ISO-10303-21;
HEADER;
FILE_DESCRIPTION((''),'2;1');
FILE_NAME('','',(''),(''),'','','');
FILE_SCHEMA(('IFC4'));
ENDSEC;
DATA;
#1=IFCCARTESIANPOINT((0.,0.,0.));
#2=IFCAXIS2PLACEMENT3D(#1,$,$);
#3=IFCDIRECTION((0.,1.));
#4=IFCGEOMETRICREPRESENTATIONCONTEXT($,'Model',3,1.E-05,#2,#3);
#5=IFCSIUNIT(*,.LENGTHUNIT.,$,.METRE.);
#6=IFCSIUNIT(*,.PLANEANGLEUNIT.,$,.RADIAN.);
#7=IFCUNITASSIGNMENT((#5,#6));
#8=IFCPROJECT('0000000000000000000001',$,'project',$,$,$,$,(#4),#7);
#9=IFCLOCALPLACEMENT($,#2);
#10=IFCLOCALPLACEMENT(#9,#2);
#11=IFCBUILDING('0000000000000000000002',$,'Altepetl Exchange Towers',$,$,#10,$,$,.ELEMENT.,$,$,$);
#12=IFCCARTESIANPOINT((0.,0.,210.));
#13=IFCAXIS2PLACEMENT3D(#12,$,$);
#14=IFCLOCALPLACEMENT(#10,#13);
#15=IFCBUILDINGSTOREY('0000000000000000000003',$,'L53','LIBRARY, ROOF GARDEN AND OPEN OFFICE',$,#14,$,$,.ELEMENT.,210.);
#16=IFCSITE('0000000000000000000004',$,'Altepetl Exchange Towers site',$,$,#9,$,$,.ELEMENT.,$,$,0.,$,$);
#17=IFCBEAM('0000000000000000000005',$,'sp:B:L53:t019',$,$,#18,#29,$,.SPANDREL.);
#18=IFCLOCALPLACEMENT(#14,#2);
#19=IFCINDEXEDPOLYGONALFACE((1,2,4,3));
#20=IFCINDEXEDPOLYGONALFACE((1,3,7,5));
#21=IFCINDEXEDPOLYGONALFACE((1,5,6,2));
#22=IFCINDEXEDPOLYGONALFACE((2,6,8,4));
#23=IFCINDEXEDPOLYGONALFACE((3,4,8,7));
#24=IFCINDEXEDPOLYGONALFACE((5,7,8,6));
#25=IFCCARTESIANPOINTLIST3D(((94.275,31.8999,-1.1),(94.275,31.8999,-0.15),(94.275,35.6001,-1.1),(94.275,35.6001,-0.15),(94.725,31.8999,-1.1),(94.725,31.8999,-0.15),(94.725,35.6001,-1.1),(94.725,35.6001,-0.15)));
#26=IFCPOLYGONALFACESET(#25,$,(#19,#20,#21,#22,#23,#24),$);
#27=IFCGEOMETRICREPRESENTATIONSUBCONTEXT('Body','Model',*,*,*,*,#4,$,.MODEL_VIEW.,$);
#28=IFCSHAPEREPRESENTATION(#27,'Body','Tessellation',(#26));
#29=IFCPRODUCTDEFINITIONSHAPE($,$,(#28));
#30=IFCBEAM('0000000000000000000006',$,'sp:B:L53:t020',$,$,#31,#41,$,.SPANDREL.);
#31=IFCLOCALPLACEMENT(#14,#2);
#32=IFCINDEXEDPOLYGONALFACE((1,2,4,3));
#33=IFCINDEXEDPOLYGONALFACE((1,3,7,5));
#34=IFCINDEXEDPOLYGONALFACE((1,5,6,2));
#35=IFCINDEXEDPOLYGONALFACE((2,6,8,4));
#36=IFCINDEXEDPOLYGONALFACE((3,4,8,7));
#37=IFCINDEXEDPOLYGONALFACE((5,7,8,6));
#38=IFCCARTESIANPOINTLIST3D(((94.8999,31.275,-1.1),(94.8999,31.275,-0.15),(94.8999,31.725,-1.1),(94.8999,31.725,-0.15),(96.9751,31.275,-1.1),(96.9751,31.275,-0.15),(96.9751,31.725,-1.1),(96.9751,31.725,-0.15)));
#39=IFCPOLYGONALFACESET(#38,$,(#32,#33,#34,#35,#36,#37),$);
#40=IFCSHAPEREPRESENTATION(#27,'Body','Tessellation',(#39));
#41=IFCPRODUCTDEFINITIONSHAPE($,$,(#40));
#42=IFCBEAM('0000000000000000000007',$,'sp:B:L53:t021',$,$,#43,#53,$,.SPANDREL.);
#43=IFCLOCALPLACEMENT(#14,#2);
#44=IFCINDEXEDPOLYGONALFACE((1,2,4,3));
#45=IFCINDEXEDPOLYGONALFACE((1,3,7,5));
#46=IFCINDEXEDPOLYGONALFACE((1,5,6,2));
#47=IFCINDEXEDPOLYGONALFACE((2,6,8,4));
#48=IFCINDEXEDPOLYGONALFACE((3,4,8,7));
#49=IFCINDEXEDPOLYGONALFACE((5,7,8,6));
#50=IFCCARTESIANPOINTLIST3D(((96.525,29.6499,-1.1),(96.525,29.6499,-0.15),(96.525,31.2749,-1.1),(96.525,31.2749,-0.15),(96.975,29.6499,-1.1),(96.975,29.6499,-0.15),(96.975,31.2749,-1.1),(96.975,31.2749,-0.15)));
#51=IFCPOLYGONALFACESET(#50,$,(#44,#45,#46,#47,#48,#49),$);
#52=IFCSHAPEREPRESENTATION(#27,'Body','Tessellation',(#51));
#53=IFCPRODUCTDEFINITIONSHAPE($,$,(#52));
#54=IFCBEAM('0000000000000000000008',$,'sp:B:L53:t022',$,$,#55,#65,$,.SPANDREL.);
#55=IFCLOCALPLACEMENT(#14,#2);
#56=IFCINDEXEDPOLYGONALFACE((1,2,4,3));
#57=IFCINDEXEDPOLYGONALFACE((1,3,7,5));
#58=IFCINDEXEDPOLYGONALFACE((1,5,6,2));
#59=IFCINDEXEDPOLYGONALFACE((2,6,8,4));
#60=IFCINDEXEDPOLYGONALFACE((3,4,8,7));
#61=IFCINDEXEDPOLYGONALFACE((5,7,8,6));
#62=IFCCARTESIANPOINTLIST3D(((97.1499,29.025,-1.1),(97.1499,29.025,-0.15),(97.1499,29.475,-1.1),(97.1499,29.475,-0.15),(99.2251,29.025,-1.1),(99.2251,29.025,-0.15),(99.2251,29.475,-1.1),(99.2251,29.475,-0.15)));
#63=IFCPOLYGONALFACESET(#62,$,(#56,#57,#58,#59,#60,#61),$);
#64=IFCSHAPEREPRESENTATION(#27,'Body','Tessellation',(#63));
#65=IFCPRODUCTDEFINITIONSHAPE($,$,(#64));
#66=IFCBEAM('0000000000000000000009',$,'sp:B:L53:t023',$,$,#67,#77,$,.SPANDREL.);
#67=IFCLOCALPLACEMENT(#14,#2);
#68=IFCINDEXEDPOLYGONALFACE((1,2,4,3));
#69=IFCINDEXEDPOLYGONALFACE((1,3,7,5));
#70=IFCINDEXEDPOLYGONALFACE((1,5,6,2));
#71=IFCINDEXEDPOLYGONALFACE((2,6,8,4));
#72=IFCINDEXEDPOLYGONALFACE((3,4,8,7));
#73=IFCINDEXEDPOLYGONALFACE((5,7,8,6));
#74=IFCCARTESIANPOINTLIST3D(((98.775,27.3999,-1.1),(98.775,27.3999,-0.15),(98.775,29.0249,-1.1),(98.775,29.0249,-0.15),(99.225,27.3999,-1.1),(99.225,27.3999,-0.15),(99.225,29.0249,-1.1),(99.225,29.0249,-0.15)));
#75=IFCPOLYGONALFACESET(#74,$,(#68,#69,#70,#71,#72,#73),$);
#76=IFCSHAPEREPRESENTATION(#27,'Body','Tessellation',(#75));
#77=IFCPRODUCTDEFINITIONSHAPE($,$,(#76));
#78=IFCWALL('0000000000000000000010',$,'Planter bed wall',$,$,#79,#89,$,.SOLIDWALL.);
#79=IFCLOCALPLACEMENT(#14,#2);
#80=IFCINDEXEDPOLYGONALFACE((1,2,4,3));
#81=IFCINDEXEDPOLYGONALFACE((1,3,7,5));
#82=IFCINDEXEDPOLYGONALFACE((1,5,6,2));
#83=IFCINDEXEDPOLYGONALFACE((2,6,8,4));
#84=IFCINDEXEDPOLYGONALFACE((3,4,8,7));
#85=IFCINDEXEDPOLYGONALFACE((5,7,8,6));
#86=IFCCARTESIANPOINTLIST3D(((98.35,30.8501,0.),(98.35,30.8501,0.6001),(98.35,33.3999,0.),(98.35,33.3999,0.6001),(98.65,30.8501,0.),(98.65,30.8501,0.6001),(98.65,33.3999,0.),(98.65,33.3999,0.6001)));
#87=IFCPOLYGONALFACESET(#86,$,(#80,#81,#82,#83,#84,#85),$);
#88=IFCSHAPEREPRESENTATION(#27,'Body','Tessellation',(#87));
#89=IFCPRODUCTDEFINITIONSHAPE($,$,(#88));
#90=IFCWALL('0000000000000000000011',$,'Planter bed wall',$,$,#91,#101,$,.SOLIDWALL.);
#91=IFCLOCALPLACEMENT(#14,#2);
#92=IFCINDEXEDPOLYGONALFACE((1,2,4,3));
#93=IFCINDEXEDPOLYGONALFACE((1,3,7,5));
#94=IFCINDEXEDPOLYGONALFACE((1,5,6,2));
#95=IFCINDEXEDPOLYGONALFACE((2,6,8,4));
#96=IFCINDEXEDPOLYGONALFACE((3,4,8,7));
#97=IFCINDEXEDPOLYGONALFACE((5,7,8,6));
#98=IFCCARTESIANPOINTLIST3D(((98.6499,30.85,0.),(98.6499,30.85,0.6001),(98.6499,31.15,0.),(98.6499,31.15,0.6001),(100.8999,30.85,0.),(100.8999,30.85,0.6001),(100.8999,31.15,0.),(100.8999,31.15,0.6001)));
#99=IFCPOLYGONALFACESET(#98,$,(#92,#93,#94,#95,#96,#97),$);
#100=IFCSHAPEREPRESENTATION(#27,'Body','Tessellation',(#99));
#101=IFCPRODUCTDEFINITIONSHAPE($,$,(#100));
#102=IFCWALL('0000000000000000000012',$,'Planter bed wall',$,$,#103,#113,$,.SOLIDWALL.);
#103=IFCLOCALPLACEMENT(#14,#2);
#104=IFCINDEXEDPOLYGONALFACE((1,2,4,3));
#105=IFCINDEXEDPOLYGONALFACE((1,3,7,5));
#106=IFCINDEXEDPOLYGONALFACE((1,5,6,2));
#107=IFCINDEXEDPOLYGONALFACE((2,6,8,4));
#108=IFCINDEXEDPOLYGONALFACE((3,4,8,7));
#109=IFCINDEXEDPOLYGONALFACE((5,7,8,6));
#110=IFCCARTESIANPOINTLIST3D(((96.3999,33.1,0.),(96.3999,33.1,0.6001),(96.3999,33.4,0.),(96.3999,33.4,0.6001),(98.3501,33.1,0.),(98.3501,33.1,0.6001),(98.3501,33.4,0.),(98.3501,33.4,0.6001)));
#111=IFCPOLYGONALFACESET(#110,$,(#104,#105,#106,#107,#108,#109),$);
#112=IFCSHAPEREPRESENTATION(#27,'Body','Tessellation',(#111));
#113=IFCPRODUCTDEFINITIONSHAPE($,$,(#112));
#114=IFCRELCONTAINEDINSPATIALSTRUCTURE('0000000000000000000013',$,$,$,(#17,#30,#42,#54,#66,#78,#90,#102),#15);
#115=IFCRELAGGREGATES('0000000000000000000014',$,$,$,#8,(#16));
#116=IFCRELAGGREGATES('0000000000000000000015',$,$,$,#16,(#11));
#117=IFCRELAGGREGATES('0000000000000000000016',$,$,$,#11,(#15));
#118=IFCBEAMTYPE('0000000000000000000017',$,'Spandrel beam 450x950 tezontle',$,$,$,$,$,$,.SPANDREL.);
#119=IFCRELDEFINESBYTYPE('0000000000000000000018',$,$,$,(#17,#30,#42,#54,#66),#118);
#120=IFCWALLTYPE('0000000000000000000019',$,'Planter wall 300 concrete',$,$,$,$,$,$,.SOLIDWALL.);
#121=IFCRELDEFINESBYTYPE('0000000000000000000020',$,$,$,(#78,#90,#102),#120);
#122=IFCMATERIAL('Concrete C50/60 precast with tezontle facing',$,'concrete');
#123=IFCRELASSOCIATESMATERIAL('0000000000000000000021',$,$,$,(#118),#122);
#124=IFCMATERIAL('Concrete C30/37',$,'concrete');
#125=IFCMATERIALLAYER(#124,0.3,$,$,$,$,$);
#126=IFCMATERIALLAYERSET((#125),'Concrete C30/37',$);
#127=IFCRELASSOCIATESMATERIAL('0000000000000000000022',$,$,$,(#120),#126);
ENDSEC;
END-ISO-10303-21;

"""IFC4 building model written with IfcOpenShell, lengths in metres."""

from ifc_helpers import new_model, si_unit, direction, frame, frame_2d, origin, origin_2d, place, context, subcontext, project, spatial, rectangle, extrude, material, layer, layer_set, material_profile, profile_set, type_object, element, save


model = new_model("IFC4")

# Units and contexts
model_context = context("Model", 3, precision=1e-05, world=origin(), true_north=direction((0.0, 1.0)))
body_context = subcontext(model_context, "Body", "Model", "MODEL_VIEW")
ifc_project = project(units=[si_unit("LENGTHUNIT", "METRE"), si_unit("PLANEANGLEUNIT", "RADIAN")], contexts=[model_context])

# Site, building, storey
site_placement = place(None, origin())
site = spatial("IfcSite", under=ifc_project, at=site_placement, Name="Altepetl Exchange Towers site", CompositionType="ELEMENT", RefElevation=0.0)
building_placement = place(site_placement, origin())
building = spatial("IfcBuilding", under=site, at=building_placement, Name="Altepetl Exchange Towers", CompositionType="ELEMENT")
storey_placement = place(building_placement, frame((0.0, 0.0, 210.0)))
storey = spatial("IfcBuildingStorey", under=building, at=storey_placement, Name="L53", Description="LIBRARY, ROOF GARDEN AND OPEN OFFICE", CompositionType="ELEMENT", Elevation=210.0)

# Beams
ifc_material_1 = material(Name="Concrete C50/60 precast with tezontle facing", Category="concrete")
ifc_material_profile_1 = material_profile(ifc_material_1, rectangle(XDim=0.45, YDim=0.95, at=origin_2d()), Name="450 x 950")
ifc_profile_set_1 = profile_set([ifc_material_profile_1], Name="Concrete C50/60 precast with tezontle facing")
beam_type_1 = type_object("IfcBeamType", Name="Spandrel beam 450x950 tezontle", PredefinedType="SPANDREL", material=ifc_profile_set_1)
beam_1_placement = place(storey_placement, frame((94.5, 35.6001, -0.625), z_axis=(0.0, -1.0, 0.0), x_axis=(1.0, 0.0, 0.0)))
element("IfcBeam", 1, at=beam_1_placement, inside=storey, type_object=beam_type_1, Name="sp:B:L53:t019", PredefinedType="SPANDREL", context=body_context, shape_type="SweptSolid", body=[
    extrude(rectangle(XDim=0.45, YDim=0.95, at=origin_2d()), origin(), (0.0, 0.0, 1.0), 3.7002),
])
beam_2_placement = place(storey_placement, frame((94.8999, 31.5, -0.625), z_axis=(1.0, 0.0, 0.0), x_axis=(0.0, 1.0, 0.0)))
element("IfcBeam", 2, at=beam_2_placement, inside=storey, type_object=beam_type_1, Name="sp:B:L53:t020", PredefinedType="SPANDREL", context=body_context, shape_type="SweptSolid", body=[
    extrude(rectangle(XDim=0.45, YDim=0.95, at=origin_2d()), origin(), (0.0, 0.0, 1.0), 2.0752),
])
beam_3_placement = place(storey_placement, frame((96.75, 31.2749, -0.625), z_axis=(0.0, -1.0, 0.0), x_axis=(1.0, 0.0, 0.0)))
element("IfcBeam", 3, at=beam_3_placement, inside=storey, type_object=beam_type_1, Name="sp:B:L53:t021", PredefinedType="SPANDREL", context=body_context, shape_type="SweptSolid", body=[
    extrude(rectangle(XDim=0.45, YDim=0.95, at=origin_2d()), origin(), (0.0, 0.0, 1.0), 1.625),
])
beam_4_placement = place(storey_placement, frame((97.1499, 29.25, -0.625), z_axis=(1.0, 0.0, 0.0), x_axis=(0.0, 1.0, 0.0)))
element("IfcBeam", 4, at=beam_4_placement, inside=storey, type_object=beam_type_1, Name="sp:B:L53:t022", PredefinedType="SPANDREL", context=body_context, shape_type="SweptSolid", body=[
    extrude(rectangle(XDim=0.45, YDim=0.95, at=origin_2d()), origin(), (0.0, 0.0, 1.0), 2.0752),
])
beam_5_placement = place(storey_placement, frame((99.0, 29.0249, -0.625), z_axis=(0.0, -1.0, 0.0), x_axis=(1.0, 0.0, 0.0)))
element("IfcBeam", 5, at=beam_5_placement, inside=storey, type_object=beam_type_1, Name="sp:B:L53:t023", PredefinedType="SPANDREL", context=body_context, shape_type="SweptSolid", body=[
    extrude(rectangle(XDim=0.45, YDim=0.95, at=origin_2d()), origin(), (0.0, 0.0, 1.0), 1.625),
])

# Walls
ifc_material_2 = material(Name="Concrete C30/37", Category="concrete")
ifc_layer = layer(ifc_material_2, 0.3)
ifc_layer_set = layer_set([ifc_layer], Name="Concrete C30/37")
wall_type = type_object("IfcWallType", Name="Planter wall 300 concrete", PredefinedType="SOLIDWALL", material=ifc_layer_set)
wall_1_placement = place(storey_placement, frame((98.5, 33.3999, 0.0), z_axis=(0.0, 0.0, 1.0), x_axis=(0.0, -1.0, 0.0)))
element("IfcWall", 6, at=wall_1_placement, inside=storey, type_object=wall_type, Name="Planter bed wall", PredefinedType="SOLIDWALL", context=body_context, shape_type="SweptSolid", body=[
    extrude(rectangle(XDim=2.5498, YDim=0.3, at=frame_2d((1.2749, 0.0))), origin(), (0.0, 0.0, 1.0), 0.6001),
])
wall_2_placement = place(storey_placement, frame((98.6499, 31.0, 0.0)))
element("IfcWall", 7, at=wall_2_placement, inside=storey, type_object=wall_type, Name="Planter bed wall", PredefinedType="SOLIDWALL", context=body_context, shape_type="SweptSolid", body=[
    extrude(rectangle(XDim=2.25, YDim=0.3, at=frame_2d((1.125, 0.0))), origin(), (0.0, 0.0, 1.0), 0.6001),
])
wall_3_placement = place(storey_placement, frame((96.3999, 33.25, 0.0)))
element("IfcWall", 8, at=wall_3_placement, inside=storey, type_object=wall_type, Name="Planter bed wall", PredefinedType="SOLIDWALL", context=body_context, shape_type="SweptSolid", body=[
    extrude(rectangle(XDim=1.9502, YDim=0.3, at=frame_2d((0.9751, 0.0))), origin(), (0.0, 0.0, 1.0), 0.6001),
])

save(model, "model.ifc")
